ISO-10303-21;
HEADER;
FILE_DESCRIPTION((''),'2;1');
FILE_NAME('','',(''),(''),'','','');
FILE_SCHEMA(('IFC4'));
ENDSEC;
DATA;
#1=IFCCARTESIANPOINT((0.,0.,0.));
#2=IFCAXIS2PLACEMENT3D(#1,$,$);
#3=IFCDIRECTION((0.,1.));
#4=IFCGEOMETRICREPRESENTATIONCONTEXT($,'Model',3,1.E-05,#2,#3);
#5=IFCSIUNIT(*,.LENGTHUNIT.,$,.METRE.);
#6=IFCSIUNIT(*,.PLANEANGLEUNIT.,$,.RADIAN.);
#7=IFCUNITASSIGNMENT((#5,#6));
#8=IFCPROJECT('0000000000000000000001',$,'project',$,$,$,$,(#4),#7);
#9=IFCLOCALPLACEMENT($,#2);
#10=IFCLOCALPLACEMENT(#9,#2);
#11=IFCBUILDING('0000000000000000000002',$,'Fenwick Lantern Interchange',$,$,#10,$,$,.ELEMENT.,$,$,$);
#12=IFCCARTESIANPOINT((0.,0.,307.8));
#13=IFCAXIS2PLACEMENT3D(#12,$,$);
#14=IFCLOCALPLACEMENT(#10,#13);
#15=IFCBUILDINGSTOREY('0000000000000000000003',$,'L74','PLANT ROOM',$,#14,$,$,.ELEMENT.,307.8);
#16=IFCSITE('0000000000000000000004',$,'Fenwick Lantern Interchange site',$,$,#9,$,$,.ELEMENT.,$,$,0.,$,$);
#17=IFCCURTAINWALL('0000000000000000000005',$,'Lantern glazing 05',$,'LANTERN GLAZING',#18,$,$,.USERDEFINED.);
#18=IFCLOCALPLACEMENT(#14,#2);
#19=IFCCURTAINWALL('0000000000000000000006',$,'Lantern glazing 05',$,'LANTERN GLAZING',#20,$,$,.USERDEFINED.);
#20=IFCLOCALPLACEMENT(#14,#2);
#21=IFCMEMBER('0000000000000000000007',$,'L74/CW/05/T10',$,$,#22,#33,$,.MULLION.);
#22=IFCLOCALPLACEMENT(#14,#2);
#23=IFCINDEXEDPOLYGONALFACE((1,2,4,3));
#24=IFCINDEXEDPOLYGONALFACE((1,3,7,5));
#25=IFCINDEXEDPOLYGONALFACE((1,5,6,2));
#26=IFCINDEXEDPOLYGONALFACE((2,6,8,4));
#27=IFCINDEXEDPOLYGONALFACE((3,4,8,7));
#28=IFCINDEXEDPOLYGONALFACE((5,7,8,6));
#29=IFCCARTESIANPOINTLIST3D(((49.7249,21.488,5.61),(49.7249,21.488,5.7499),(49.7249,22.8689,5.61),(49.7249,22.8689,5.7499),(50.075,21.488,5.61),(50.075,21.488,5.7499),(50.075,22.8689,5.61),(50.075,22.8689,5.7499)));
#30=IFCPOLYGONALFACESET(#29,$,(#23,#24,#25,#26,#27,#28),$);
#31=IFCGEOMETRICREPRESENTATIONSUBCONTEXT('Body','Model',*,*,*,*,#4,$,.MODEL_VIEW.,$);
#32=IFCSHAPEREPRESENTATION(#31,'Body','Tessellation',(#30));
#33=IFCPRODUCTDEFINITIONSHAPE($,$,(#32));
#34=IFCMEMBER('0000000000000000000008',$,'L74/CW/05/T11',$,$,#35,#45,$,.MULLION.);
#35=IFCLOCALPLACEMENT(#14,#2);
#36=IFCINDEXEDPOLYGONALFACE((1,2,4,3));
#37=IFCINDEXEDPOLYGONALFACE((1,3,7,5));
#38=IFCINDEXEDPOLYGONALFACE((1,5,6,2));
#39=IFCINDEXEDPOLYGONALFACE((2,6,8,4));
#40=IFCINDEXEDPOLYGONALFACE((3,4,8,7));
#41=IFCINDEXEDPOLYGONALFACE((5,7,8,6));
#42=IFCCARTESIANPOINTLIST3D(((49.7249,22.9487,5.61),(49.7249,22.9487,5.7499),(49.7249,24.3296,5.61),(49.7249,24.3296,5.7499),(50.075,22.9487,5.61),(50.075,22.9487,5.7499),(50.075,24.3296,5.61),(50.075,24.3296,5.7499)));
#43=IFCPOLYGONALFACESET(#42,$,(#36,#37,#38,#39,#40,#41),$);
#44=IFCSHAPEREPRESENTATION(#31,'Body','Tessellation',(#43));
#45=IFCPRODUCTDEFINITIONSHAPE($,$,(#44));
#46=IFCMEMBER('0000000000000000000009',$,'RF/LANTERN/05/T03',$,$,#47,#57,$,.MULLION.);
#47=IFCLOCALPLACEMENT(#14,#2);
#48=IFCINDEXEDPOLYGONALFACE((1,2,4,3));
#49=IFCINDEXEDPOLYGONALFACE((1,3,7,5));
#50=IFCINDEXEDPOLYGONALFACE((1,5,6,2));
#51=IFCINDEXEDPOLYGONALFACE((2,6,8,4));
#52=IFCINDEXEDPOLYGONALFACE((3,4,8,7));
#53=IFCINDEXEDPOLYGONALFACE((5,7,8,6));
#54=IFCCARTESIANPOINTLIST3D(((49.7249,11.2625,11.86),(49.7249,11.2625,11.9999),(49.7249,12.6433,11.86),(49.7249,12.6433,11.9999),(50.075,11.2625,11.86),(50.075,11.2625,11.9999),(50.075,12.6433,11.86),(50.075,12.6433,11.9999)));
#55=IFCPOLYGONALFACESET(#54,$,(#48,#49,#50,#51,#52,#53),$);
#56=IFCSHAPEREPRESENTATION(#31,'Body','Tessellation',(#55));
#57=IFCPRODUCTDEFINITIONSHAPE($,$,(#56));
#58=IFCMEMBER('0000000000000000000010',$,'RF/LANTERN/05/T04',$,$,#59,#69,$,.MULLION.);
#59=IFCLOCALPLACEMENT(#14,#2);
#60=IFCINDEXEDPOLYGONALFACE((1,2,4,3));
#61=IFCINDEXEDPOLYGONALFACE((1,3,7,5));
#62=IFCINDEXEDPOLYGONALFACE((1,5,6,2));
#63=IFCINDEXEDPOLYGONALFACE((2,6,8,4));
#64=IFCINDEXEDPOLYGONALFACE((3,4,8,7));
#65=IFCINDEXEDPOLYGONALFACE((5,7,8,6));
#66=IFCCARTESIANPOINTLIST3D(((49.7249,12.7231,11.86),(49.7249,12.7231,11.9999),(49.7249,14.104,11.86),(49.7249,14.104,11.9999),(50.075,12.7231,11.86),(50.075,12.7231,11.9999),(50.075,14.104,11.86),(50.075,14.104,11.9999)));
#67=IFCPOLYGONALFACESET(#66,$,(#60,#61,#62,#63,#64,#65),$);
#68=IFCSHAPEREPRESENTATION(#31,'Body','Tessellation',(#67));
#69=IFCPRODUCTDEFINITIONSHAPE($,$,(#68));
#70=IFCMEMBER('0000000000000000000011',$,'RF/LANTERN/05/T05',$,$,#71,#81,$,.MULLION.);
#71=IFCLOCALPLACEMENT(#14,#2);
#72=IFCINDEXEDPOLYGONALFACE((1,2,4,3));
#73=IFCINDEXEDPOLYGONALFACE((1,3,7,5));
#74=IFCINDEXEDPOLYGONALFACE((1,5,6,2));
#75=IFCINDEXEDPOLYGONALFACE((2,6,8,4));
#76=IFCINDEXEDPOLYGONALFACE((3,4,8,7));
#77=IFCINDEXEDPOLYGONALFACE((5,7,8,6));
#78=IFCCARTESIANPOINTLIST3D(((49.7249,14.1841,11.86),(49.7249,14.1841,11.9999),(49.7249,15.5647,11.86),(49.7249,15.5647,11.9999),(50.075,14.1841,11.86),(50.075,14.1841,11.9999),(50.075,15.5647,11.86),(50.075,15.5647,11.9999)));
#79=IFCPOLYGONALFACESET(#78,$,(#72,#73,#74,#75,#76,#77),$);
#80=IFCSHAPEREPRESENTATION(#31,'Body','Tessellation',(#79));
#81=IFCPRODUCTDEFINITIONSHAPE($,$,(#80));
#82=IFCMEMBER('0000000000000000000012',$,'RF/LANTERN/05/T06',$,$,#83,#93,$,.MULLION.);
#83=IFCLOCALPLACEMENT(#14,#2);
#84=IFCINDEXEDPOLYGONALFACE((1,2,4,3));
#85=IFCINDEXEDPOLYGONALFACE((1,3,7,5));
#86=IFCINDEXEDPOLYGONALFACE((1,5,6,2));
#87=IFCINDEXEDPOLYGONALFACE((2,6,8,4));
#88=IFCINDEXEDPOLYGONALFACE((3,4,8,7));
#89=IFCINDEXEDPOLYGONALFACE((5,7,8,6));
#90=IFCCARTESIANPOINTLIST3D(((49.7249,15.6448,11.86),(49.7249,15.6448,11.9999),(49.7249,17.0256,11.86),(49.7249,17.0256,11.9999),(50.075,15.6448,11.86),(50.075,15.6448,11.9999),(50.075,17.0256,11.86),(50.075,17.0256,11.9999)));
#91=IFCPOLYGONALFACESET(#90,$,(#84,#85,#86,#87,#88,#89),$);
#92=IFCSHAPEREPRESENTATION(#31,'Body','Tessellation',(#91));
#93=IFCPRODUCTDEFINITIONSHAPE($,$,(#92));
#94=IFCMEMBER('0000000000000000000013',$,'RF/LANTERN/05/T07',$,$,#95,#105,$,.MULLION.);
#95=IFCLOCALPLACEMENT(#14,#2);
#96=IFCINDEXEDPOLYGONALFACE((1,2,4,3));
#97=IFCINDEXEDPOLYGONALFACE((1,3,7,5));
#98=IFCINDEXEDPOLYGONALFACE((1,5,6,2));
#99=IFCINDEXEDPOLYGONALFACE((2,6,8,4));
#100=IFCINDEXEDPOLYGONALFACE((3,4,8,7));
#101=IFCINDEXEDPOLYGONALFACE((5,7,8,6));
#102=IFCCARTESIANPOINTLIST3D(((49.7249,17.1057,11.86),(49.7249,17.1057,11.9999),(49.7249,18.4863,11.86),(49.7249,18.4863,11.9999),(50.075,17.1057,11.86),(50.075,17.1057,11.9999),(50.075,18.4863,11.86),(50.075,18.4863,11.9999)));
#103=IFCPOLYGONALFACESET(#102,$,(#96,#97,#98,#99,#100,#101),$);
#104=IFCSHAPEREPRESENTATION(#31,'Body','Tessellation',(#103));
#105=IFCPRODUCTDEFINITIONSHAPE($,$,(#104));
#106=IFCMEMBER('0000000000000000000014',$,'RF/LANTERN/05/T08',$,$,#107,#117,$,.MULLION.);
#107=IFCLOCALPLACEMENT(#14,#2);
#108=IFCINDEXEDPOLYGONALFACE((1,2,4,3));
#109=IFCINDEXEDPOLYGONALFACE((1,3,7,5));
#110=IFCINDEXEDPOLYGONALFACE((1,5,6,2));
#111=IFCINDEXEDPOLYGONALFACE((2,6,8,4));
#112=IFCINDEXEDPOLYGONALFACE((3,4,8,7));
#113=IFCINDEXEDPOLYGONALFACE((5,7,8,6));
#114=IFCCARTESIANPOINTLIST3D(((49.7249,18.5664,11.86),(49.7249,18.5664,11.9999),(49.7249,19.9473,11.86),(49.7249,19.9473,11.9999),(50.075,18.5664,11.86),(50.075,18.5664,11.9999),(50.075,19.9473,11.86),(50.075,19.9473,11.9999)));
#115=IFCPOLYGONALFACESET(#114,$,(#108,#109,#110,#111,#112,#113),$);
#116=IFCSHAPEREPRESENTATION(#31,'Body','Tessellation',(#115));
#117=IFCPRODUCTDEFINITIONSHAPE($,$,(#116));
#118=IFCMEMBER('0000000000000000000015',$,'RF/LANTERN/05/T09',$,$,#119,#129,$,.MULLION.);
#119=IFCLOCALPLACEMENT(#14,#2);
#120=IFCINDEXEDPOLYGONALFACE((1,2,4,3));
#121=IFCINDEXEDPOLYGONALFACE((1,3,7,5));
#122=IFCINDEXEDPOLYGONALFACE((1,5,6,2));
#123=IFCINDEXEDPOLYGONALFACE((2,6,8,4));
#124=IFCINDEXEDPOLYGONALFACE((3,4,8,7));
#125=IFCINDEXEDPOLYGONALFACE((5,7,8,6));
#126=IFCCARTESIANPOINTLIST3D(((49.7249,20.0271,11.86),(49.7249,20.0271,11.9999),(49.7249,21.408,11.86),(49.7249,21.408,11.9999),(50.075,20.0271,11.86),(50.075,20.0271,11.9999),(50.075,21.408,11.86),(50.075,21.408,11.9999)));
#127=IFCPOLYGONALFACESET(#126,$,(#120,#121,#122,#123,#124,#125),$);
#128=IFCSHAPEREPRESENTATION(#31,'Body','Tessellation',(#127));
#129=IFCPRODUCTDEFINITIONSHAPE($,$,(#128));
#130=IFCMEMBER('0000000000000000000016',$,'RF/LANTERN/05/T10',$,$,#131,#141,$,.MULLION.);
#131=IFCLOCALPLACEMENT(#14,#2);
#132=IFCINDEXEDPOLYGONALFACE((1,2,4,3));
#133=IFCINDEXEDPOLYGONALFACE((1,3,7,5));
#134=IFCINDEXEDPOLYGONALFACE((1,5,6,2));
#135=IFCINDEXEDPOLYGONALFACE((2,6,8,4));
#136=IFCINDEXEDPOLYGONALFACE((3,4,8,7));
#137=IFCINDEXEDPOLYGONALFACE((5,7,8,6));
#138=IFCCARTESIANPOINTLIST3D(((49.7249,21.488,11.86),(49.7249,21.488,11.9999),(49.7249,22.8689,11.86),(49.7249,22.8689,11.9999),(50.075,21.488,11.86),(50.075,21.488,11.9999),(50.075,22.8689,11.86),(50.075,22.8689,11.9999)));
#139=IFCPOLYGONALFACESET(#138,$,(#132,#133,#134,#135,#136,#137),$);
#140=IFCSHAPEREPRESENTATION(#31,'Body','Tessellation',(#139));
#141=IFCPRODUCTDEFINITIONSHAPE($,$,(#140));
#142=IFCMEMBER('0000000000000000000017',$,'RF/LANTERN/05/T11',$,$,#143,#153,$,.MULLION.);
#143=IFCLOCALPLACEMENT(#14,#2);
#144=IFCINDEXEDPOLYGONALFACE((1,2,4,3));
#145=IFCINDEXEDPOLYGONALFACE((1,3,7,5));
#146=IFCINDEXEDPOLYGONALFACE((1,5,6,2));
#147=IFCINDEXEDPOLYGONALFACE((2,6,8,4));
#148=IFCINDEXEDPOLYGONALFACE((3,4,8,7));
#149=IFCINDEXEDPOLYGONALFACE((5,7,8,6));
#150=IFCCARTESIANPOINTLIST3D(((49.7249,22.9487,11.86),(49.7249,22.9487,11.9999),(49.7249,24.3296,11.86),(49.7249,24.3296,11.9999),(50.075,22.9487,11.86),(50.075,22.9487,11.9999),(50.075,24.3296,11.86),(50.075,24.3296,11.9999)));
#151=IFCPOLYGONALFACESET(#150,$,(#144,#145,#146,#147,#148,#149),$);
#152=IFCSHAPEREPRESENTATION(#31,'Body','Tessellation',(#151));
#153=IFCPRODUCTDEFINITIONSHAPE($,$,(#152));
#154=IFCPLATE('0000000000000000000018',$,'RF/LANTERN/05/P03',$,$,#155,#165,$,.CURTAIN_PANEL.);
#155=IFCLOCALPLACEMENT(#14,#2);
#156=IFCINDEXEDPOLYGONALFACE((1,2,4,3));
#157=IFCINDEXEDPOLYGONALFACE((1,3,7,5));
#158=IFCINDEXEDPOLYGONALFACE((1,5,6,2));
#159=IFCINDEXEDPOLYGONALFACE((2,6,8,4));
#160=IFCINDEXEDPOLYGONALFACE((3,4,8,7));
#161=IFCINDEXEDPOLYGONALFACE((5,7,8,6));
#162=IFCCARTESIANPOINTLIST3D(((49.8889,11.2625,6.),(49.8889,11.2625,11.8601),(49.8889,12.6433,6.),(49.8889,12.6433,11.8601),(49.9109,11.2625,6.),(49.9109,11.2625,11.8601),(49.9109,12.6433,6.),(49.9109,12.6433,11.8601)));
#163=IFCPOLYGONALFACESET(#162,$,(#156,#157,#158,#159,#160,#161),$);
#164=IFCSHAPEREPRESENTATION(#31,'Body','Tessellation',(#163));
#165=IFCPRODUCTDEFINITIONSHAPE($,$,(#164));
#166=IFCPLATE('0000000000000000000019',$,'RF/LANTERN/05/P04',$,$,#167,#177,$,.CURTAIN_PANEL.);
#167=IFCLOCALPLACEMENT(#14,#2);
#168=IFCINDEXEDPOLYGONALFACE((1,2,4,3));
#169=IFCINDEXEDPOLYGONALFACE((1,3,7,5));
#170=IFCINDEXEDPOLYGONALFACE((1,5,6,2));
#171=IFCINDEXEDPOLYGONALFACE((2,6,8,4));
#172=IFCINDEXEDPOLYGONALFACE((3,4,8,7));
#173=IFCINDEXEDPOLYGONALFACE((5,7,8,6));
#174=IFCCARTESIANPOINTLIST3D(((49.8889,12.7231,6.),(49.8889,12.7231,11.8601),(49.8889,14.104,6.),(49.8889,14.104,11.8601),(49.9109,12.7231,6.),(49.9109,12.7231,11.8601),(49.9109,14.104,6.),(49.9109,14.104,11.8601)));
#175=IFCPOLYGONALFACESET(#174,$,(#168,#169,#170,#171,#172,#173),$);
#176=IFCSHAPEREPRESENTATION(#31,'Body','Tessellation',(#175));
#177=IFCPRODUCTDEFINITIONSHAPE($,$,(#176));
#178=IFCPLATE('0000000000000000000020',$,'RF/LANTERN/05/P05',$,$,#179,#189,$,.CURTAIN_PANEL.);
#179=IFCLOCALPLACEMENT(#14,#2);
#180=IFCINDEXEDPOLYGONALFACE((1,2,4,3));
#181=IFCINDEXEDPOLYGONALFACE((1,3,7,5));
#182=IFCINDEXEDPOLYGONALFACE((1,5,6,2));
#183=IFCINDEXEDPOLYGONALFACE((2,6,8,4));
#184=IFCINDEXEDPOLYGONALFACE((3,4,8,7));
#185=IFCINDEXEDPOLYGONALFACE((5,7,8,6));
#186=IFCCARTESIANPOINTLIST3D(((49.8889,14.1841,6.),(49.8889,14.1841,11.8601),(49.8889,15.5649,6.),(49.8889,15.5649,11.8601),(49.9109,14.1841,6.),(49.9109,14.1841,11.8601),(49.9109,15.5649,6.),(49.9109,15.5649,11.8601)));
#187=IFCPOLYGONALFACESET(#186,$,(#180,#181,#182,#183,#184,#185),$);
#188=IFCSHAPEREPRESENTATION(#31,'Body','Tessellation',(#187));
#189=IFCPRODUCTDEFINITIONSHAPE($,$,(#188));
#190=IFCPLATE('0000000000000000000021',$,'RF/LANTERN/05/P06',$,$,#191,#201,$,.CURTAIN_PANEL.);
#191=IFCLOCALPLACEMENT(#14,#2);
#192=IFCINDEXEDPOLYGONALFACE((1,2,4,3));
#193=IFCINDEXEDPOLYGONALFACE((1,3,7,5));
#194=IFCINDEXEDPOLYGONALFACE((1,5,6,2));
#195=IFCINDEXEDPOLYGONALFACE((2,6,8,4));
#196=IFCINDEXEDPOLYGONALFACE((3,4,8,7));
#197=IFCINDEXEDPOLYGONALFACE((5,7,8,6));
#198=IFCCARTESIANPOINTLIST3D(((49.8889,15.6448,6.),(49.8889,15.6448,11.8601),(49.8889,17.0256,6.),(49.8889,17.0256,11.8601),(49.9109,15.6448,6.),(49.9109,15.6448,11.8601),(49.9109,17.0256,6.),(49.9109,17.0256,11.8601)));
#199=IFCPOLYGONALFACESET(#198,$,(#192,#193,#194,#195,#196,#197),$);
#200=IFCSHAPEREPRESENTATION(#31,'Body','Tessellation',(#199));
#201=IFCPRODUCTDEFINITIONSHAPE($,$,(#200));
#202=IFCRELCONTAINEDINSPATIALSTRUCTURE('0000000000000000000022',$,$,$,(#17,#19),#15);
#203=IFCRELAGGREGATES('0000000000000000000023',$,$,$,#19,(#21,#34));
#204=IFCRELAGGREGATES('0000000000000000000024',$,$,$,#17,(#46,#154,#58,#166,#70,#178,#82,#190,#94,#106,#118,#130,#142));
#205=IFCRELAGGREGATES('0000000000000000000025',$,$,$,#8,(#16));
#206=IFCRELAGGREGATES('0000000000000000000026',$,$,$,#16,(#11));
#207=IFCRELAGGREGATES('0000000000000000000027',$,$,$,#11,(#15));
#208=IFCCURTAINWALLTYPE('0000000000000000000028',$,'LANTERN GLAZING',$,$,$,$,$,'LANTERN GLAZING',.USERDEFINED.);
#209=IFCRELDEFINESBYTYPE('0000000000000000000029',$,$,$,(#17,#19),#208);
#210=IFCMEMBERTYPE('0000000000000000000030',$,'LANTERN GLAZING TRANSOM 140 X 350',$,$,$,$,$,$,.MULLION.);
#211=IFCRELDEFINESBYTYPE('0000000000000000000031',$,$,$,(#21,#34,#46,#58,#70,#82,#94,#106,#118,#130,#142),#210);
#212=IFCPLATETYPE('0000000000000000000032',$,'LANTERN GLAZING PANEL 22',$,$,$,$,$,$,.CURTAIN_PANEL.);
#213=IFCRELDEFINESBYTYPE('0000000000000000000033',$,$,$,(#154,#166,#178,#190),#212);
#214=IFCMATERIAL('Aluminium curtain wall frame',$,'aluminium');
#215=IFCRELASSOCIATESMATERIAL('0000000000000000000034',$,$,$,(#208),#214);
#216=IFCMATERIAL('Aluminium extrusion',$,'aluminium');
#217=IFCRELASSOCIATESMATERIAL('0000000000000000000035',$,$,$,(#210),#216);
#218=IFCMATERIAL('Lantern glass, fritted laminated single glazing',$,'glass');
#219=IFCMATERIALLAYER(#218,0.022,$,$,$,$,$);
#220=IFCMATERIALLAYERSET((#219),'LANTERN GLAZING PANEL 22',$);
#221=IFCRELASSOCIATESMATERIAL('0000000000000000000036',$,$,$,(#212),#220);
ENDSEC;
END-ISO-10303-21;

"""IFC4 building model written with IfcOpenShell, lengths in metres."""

from ifc_helpers import new_model, si_unit, direction, frame, origin, origin_2d, place, context, subcontext, project, spatial, rectangle, extrude, material, layer, layer_set, material_profile, profile_set, type_object, element, aggregate, save


model = new_model("IFC4")

# Units and contexts
model_context = context("Model", 3, precision=1e-05, world=origin(), true_north=direction((0.0, 1.0)))
body_context = subcontext(model_context, "Body", "Model", "MODEL_VIEW")
ifc_project = project(units=[si_unit("LENGTHUNIT", "METRE"), si_unit("PLANEANGLEUNIT", "RADIAN")], contexts=[model_context])

# Site, building, storey
site_placement = place(None, origin())
site = spatial("IfcSite", under=ifc_project, at=site_placement, Name="Fenwick Lantern Interchange site", CompositionType="ELEMENT", RefElevation=0.0)
building_placement = place(site_placement, origin())
building = spatial("IfcBuilding", under=site, at=building_placement, Name="Fenwick Lantern Interchange", CompositionType="ELEMENT")
storey_placement = place(building_placement, frame((0.0, 0.0, 307.8)))
storey = spatial("IfcBuildingStorey", under=building, at=storey_placement, Name="L74", Description="PLANT ROOM", CompositionType="ELEMENT", Elevation=307.8)

# Curtain walls, members
ifc_material_1 = material(Name="Aluminium curtain wall frame", Category="aluminium")
curtain_wall_type = type_object("IfcCurtainWallType", Name="LANTERN GLAZING", ElementType="LANTERN GLAZING", PredefinedType="USERDEFINED", material=ifc_material_1)
curtain_wall_1_placement = place(storey_placement, origin())
curtain_wall_1 = element("IfcCurtainWall", 1, at=curtain_wall_1_placement, inside=storey, type_object=curtain_wall_type, Name="Lantern glazing 05", ObjectType="LANTERN GLAZING", PredefinedType="USERDEFINED")
ifc_material_2 = material(Name="Aluminium extrusion", Category="aluminium")
curtain_wall_2_placement = place(storey_placement, origin())
curtain_wall_2 = element("IfcCurtainWall", 2, at=curtain_wall_2_placement, inside=storey, type_object=curtain_wall_type, Name="Lantern glazing 05", ObjectType="LANTERN GLAZING", PredefinedType="USERDEFINED")
ifc_material_profile_1 = material_profile(ifc_material_2, rectangle(XDim=0.3501, YDim=0.1399, at=origin_2d()), Name="LANTERN GLAZING TRANSOM 140 X 350")
ifc_profile_set_1 = profile_set([ifc_material_profile_1], Name="Aluminium extrusion")
member_type_1 = type_object("IfcMemberType", Name="LANTERN GLAZING TRANSOM 140 X 350", PredefinedType="MULLION", material=ifc_profile_set_1)
member_1_placement = place(storey_placement, frame((49.8999, 21.488, 5.6799), z_axis=(0.0, 1.0, 0.0), x_axis=(-1.0, 0.0, 0.0)))
member_1 = element("IfcMember", 3, at=member_1_placement, type_object=member_type_1, Name="L74/CW/05/T10", PredefinedType="MULLION", context=body_context, shape_type="SweptSolid", body=[
    extrude(rectangle(XDim=0.3501, YDim=0.1399, at=origin_2d()), origin(), (0.0, 0.0, 1.0), 1.3809),
])
member_2_placement = place(storey_placement, frame((49.8999, 22.9487, 5.6799), z_axis=(0.0, 1.0, 0.0), x_axis=(-1.0, 0.0, 0.0)))
member_2 = element("IfcMember", 4, at=member_2_placement, type_object=member_type_1, Name="L74/CW/05/T11", PredefinedType="MULLION", context=body_context, shape_type="SweptSolid", body=[
    extrude(rectangle(XDim=0.3501, YDim=0.1399, at=origin_2d()), origin(), (0.0, 0.0, 1.0), 1.3809),
])
aggregate(curtain_wall_2, [member_1, member_2])

# Members
member_3_placement = place(storey_placement, frame((49.8999, 11.2625, 11.9299), z_axis=(0.0, 1.0, 0.0), x_axis=(-1.0, 0.0, 0.0)))
member_3 = element("IfcMember", 5, at=member_3_placement, type_object=member_type_1, Name="RF/LANTERN/05/T03", PredefinedType="MULLION", context=body_context, shape_type="SweptSolid", body=[
    extrude(rectangle(XDim=0.3501, YDim=0.1399, at=origin_2d()), origin(), (0.0, 0.0, 1.0), 1.3809),
])
member_4_placement = place(storey_placement, frame((49.8999, 12.7231, 11.9299), z_axis=(0.0, 1.0, 0.0), x_axis=(-1.0, 0.0, 0.0)))
member_4 = element("IfcMember", 6, at=member_4_placement, type_object=member_type_1, Name="RF/LANTERN/05/T04", PredefinedType="MULLION", context=body_context, shape_type="SweptSolid", body=[
    extrude(rectangle(XDim=0.3501, YDim=0.1399, at=origin_2d()), origin(), (0.0, 0.0, 1.0), 1.3809),
])
member_5_placement = place(storey_placement, frame((49.8999, 14.1841, 11.9299), z_axis=(0.0, 1.0, 0.0), x_axis=(-1.0, 0.0, 0.0)))
member_5 = element("IfcMember", 7, at=member_5_placement, type_object=member_type_1, Name="RF/LANTERN/05/T05", PredefinedType="MULLION", context=body_context, shape_type="SweptSolid", body=[
    extrude(rectangle(XDim=0.3501, YDim=0.1399, at=origin_2d()), origin(), (0.0, 0.0, 1.0), 1.3806),
])
member_6_placement = place(storey_placement, frame((49.8999, 15.6448, 11.9299), z_axis=(0.0, 1.0, 0.0), x_axis=(-1.0, 0.0, 0.0)))
member_6 = element("IfcMember", 8, at=member_6_placement, type_object=member_type_1, Name="RF/LANTERN/05/T06", PredefinedType="MULLION", context=body_context, shape_type="SweptSolid", body=[
    extrude(rectangle(XDim=0.3501, YDim=0.1399, at=origin_2d()), origin(), (0.0, 0.0, 1.0), 1.3809),
])
member_7_placement = place(storey_placement, frame((49.8999, 17.1057, 11.9299), z_axis=(0.0, 1.0, 0.0), x_axis=(-1.0, 0.0, 0.0)))
member_7 = element("IfcMember", 9, at=member_7_placement, type_object=member_type_1, Name="RF/LANTERN/05/T07", PredefinedType="MULLION", context=body_context, shape_type="SweptSolid", body=[
    extrude(rectangle(XDim=0.3501, YDim=0.1399, at=origin_2d()), origin(), (0.0, 0.0, 1.0), 1.3806),
])
member_8_placement = place(storey_placement, frame((49.8999, 18.5664, 11.9299), z_axis=(0.0, 1.0, 0.0), x_axis=(-1.0, 0.0, 0.0)))
member_8 = element("IfcMember", 10, at=member_8_placement, type_object=member_type_1, Name="RF/LANTERN/05/T08", PredefinedType="MULLION", context=body_context, shape_type="SweptSolid", body=[
    extrude(rectangle(XDim=0.3501, YDim=0.1399, at=origin_2d()), origin(), (0.0, 0.0, 1.0), 1.3809),
])
member_9_placement = place(storey_placement, frame((49.8999, 20.0271, 11.9299), z_axis=(0.0, 1.0, 0.0), x_axis=(-1.0, 0.0, 0.0)))
member_9 = element("IfcMember", 11, at=member_9_placement, type_object=member_type_1, Name="RF/LANTERN/05/T09", PredefinedType="MULLION", context=body_context, shape_type="SweptSolid", body=[
    extrude(rectangle(XDim=0.3501, YDim=0.1399, at=origin_2d()), origin(), (0.0, 0.0, 1.0), 1.3809),
])
member_10_placement = place(storey_placement, frame((49.8999, 21.488, 11.9299), z_axis=(0.0, 1.0, 0.0), x_axis=(-1.0, 0.0, 0.0)))
member_10 = element("IfcMember", 12, at=member_10_placement, type_object=member_type_1, Name="RF/LANTERN/05/T10", PredefinedType="MULLION", context=body_context, shape_type="SweptSolid", body=[
    extrude(rectangle(XDim=0.3501, YDim=0.1399, at=origin_2d()), origin(), (0.0, 0.0, 1.0), 1.3809),
])
member_11_placement = place(storey_placement, frame((49.8999, 22.9487, 11.9299), z_axis=(0.0, 1.0, 0.0), x_axis=(-1.0, 0.0, 0.0)))
member_11 = element("IfcMember", 13, at=member_11_placement, type_object=member_type_1, Name="RF/LANTERN/05/T11", PredefinedType="MULLION", context=body_context, shape_type="SweptSolid", body=[
    extrude(rectangle(XDim=0.3501, YDim=0.1399, at=origin_2d()), origin(), (0.0, 0.0, 1.0), 1.3809),
])

# Plates
ifc_material_3 = material(Name="Lantern glass, fritted laminated single glazing", Category="glass")
ifc_layer = layer(ifc_material_3, 0.022)
ifc_layer_set = layer_set([ifc_layer], Name="LANTERN GLAZING PANEL 22")
plate_type = type_object("IfcPlateType", Name="LANTERN GLAZING PANEL 22", PredefinedType="CURTAIN_PANEL", material=ifc_layer_set)
plate_1_placement = place(storey_placement, frame((49.8999, 11.9529, 6.0), z_axis=(0.0, 0.0, 1.0), x_axis=(0.0, 1.0, 0.0)))
plate_1 = element("IfcPlate", 14, at=plate_1_placement, type_object=plate_type, Name="RF/LANTERN/05/P03", PredefinedType="CURTAIN_PANEL", context=body_context, shape_type="SweptSolid", body=[
    extrude(rectangle(XDim=1.3809, YDim=0.022, at=origin_2d()), origin(), (0.0, 0.0, 1.0), 5.8601),
])
plate_2_placement = place(storey_placement, frame((49.8999, 13.4136, 6.0), z_axis=(0.0, 0.0, 1.0), x_axis=(0.0, 1.0, 0.0)))
plate_2 = element("IfcPlate", 15, at=plate_2_placement, type_object=plate_type, Name="RF/LANTERN/05/P04", PredefinedType="CURTAIN_PANEL", context=body_context, shape_type="SweptSolid", body=[
    extrude(rectangle(XDim=1.3809, YDim=0.022, at=origin_2d()), origin(), (0.0, 0.0, 1.0), 5.8601),
])
plate_3_placement = place(storey_placement, frame((49.8999, 14.8745, 6.0), z_axis=(0.0, 0.0, 1.0), x_axis=(0.0, 1.0, 0.0)))
plate_3 = element("IfcPlate", 16, at=plate_3_placement, type_object=plate_type, Name="RF/LANTERN/05/P05", PredefinedType="CURTAIN_PANEL", context=body_context, shape_type="SweptSolid", body=[
    extrude(rectangle(XDim=1.3809, YDim=0.022, at=origin_2d()), origin(), (0.0, 0.0, 1.0), 5.8601),
])
plate_4_placement = place(storey_placement, frame((49.8999, 16.3352, 6.0), z_axis=(0.0, 0.0, 1.0), x_axis=(0.0, 1.0, 0.0)))
plate_4 = element("IfcPlate", 17, at=plate_4_placement, type_object=plate_type, Name="RF/LANTERN/05/P06", PredefinedType="CURTAIN_PANEL", context=body_context, shape_type="SweptSolid", body=[
    extrude(rectangle(XDim=1.3809, YDim=0.022, at=origin_2d()), origin(), (0.0, 0.0, 1.0), 5.8601),
])
aggregate(curtain_wall_1, [member_3, plate_1, member_4, plate_2, member_5, plate_3, member_6, plate_4, member_7, member_8, member_9, member_10, member_11])

save(model, "model.ifc")
